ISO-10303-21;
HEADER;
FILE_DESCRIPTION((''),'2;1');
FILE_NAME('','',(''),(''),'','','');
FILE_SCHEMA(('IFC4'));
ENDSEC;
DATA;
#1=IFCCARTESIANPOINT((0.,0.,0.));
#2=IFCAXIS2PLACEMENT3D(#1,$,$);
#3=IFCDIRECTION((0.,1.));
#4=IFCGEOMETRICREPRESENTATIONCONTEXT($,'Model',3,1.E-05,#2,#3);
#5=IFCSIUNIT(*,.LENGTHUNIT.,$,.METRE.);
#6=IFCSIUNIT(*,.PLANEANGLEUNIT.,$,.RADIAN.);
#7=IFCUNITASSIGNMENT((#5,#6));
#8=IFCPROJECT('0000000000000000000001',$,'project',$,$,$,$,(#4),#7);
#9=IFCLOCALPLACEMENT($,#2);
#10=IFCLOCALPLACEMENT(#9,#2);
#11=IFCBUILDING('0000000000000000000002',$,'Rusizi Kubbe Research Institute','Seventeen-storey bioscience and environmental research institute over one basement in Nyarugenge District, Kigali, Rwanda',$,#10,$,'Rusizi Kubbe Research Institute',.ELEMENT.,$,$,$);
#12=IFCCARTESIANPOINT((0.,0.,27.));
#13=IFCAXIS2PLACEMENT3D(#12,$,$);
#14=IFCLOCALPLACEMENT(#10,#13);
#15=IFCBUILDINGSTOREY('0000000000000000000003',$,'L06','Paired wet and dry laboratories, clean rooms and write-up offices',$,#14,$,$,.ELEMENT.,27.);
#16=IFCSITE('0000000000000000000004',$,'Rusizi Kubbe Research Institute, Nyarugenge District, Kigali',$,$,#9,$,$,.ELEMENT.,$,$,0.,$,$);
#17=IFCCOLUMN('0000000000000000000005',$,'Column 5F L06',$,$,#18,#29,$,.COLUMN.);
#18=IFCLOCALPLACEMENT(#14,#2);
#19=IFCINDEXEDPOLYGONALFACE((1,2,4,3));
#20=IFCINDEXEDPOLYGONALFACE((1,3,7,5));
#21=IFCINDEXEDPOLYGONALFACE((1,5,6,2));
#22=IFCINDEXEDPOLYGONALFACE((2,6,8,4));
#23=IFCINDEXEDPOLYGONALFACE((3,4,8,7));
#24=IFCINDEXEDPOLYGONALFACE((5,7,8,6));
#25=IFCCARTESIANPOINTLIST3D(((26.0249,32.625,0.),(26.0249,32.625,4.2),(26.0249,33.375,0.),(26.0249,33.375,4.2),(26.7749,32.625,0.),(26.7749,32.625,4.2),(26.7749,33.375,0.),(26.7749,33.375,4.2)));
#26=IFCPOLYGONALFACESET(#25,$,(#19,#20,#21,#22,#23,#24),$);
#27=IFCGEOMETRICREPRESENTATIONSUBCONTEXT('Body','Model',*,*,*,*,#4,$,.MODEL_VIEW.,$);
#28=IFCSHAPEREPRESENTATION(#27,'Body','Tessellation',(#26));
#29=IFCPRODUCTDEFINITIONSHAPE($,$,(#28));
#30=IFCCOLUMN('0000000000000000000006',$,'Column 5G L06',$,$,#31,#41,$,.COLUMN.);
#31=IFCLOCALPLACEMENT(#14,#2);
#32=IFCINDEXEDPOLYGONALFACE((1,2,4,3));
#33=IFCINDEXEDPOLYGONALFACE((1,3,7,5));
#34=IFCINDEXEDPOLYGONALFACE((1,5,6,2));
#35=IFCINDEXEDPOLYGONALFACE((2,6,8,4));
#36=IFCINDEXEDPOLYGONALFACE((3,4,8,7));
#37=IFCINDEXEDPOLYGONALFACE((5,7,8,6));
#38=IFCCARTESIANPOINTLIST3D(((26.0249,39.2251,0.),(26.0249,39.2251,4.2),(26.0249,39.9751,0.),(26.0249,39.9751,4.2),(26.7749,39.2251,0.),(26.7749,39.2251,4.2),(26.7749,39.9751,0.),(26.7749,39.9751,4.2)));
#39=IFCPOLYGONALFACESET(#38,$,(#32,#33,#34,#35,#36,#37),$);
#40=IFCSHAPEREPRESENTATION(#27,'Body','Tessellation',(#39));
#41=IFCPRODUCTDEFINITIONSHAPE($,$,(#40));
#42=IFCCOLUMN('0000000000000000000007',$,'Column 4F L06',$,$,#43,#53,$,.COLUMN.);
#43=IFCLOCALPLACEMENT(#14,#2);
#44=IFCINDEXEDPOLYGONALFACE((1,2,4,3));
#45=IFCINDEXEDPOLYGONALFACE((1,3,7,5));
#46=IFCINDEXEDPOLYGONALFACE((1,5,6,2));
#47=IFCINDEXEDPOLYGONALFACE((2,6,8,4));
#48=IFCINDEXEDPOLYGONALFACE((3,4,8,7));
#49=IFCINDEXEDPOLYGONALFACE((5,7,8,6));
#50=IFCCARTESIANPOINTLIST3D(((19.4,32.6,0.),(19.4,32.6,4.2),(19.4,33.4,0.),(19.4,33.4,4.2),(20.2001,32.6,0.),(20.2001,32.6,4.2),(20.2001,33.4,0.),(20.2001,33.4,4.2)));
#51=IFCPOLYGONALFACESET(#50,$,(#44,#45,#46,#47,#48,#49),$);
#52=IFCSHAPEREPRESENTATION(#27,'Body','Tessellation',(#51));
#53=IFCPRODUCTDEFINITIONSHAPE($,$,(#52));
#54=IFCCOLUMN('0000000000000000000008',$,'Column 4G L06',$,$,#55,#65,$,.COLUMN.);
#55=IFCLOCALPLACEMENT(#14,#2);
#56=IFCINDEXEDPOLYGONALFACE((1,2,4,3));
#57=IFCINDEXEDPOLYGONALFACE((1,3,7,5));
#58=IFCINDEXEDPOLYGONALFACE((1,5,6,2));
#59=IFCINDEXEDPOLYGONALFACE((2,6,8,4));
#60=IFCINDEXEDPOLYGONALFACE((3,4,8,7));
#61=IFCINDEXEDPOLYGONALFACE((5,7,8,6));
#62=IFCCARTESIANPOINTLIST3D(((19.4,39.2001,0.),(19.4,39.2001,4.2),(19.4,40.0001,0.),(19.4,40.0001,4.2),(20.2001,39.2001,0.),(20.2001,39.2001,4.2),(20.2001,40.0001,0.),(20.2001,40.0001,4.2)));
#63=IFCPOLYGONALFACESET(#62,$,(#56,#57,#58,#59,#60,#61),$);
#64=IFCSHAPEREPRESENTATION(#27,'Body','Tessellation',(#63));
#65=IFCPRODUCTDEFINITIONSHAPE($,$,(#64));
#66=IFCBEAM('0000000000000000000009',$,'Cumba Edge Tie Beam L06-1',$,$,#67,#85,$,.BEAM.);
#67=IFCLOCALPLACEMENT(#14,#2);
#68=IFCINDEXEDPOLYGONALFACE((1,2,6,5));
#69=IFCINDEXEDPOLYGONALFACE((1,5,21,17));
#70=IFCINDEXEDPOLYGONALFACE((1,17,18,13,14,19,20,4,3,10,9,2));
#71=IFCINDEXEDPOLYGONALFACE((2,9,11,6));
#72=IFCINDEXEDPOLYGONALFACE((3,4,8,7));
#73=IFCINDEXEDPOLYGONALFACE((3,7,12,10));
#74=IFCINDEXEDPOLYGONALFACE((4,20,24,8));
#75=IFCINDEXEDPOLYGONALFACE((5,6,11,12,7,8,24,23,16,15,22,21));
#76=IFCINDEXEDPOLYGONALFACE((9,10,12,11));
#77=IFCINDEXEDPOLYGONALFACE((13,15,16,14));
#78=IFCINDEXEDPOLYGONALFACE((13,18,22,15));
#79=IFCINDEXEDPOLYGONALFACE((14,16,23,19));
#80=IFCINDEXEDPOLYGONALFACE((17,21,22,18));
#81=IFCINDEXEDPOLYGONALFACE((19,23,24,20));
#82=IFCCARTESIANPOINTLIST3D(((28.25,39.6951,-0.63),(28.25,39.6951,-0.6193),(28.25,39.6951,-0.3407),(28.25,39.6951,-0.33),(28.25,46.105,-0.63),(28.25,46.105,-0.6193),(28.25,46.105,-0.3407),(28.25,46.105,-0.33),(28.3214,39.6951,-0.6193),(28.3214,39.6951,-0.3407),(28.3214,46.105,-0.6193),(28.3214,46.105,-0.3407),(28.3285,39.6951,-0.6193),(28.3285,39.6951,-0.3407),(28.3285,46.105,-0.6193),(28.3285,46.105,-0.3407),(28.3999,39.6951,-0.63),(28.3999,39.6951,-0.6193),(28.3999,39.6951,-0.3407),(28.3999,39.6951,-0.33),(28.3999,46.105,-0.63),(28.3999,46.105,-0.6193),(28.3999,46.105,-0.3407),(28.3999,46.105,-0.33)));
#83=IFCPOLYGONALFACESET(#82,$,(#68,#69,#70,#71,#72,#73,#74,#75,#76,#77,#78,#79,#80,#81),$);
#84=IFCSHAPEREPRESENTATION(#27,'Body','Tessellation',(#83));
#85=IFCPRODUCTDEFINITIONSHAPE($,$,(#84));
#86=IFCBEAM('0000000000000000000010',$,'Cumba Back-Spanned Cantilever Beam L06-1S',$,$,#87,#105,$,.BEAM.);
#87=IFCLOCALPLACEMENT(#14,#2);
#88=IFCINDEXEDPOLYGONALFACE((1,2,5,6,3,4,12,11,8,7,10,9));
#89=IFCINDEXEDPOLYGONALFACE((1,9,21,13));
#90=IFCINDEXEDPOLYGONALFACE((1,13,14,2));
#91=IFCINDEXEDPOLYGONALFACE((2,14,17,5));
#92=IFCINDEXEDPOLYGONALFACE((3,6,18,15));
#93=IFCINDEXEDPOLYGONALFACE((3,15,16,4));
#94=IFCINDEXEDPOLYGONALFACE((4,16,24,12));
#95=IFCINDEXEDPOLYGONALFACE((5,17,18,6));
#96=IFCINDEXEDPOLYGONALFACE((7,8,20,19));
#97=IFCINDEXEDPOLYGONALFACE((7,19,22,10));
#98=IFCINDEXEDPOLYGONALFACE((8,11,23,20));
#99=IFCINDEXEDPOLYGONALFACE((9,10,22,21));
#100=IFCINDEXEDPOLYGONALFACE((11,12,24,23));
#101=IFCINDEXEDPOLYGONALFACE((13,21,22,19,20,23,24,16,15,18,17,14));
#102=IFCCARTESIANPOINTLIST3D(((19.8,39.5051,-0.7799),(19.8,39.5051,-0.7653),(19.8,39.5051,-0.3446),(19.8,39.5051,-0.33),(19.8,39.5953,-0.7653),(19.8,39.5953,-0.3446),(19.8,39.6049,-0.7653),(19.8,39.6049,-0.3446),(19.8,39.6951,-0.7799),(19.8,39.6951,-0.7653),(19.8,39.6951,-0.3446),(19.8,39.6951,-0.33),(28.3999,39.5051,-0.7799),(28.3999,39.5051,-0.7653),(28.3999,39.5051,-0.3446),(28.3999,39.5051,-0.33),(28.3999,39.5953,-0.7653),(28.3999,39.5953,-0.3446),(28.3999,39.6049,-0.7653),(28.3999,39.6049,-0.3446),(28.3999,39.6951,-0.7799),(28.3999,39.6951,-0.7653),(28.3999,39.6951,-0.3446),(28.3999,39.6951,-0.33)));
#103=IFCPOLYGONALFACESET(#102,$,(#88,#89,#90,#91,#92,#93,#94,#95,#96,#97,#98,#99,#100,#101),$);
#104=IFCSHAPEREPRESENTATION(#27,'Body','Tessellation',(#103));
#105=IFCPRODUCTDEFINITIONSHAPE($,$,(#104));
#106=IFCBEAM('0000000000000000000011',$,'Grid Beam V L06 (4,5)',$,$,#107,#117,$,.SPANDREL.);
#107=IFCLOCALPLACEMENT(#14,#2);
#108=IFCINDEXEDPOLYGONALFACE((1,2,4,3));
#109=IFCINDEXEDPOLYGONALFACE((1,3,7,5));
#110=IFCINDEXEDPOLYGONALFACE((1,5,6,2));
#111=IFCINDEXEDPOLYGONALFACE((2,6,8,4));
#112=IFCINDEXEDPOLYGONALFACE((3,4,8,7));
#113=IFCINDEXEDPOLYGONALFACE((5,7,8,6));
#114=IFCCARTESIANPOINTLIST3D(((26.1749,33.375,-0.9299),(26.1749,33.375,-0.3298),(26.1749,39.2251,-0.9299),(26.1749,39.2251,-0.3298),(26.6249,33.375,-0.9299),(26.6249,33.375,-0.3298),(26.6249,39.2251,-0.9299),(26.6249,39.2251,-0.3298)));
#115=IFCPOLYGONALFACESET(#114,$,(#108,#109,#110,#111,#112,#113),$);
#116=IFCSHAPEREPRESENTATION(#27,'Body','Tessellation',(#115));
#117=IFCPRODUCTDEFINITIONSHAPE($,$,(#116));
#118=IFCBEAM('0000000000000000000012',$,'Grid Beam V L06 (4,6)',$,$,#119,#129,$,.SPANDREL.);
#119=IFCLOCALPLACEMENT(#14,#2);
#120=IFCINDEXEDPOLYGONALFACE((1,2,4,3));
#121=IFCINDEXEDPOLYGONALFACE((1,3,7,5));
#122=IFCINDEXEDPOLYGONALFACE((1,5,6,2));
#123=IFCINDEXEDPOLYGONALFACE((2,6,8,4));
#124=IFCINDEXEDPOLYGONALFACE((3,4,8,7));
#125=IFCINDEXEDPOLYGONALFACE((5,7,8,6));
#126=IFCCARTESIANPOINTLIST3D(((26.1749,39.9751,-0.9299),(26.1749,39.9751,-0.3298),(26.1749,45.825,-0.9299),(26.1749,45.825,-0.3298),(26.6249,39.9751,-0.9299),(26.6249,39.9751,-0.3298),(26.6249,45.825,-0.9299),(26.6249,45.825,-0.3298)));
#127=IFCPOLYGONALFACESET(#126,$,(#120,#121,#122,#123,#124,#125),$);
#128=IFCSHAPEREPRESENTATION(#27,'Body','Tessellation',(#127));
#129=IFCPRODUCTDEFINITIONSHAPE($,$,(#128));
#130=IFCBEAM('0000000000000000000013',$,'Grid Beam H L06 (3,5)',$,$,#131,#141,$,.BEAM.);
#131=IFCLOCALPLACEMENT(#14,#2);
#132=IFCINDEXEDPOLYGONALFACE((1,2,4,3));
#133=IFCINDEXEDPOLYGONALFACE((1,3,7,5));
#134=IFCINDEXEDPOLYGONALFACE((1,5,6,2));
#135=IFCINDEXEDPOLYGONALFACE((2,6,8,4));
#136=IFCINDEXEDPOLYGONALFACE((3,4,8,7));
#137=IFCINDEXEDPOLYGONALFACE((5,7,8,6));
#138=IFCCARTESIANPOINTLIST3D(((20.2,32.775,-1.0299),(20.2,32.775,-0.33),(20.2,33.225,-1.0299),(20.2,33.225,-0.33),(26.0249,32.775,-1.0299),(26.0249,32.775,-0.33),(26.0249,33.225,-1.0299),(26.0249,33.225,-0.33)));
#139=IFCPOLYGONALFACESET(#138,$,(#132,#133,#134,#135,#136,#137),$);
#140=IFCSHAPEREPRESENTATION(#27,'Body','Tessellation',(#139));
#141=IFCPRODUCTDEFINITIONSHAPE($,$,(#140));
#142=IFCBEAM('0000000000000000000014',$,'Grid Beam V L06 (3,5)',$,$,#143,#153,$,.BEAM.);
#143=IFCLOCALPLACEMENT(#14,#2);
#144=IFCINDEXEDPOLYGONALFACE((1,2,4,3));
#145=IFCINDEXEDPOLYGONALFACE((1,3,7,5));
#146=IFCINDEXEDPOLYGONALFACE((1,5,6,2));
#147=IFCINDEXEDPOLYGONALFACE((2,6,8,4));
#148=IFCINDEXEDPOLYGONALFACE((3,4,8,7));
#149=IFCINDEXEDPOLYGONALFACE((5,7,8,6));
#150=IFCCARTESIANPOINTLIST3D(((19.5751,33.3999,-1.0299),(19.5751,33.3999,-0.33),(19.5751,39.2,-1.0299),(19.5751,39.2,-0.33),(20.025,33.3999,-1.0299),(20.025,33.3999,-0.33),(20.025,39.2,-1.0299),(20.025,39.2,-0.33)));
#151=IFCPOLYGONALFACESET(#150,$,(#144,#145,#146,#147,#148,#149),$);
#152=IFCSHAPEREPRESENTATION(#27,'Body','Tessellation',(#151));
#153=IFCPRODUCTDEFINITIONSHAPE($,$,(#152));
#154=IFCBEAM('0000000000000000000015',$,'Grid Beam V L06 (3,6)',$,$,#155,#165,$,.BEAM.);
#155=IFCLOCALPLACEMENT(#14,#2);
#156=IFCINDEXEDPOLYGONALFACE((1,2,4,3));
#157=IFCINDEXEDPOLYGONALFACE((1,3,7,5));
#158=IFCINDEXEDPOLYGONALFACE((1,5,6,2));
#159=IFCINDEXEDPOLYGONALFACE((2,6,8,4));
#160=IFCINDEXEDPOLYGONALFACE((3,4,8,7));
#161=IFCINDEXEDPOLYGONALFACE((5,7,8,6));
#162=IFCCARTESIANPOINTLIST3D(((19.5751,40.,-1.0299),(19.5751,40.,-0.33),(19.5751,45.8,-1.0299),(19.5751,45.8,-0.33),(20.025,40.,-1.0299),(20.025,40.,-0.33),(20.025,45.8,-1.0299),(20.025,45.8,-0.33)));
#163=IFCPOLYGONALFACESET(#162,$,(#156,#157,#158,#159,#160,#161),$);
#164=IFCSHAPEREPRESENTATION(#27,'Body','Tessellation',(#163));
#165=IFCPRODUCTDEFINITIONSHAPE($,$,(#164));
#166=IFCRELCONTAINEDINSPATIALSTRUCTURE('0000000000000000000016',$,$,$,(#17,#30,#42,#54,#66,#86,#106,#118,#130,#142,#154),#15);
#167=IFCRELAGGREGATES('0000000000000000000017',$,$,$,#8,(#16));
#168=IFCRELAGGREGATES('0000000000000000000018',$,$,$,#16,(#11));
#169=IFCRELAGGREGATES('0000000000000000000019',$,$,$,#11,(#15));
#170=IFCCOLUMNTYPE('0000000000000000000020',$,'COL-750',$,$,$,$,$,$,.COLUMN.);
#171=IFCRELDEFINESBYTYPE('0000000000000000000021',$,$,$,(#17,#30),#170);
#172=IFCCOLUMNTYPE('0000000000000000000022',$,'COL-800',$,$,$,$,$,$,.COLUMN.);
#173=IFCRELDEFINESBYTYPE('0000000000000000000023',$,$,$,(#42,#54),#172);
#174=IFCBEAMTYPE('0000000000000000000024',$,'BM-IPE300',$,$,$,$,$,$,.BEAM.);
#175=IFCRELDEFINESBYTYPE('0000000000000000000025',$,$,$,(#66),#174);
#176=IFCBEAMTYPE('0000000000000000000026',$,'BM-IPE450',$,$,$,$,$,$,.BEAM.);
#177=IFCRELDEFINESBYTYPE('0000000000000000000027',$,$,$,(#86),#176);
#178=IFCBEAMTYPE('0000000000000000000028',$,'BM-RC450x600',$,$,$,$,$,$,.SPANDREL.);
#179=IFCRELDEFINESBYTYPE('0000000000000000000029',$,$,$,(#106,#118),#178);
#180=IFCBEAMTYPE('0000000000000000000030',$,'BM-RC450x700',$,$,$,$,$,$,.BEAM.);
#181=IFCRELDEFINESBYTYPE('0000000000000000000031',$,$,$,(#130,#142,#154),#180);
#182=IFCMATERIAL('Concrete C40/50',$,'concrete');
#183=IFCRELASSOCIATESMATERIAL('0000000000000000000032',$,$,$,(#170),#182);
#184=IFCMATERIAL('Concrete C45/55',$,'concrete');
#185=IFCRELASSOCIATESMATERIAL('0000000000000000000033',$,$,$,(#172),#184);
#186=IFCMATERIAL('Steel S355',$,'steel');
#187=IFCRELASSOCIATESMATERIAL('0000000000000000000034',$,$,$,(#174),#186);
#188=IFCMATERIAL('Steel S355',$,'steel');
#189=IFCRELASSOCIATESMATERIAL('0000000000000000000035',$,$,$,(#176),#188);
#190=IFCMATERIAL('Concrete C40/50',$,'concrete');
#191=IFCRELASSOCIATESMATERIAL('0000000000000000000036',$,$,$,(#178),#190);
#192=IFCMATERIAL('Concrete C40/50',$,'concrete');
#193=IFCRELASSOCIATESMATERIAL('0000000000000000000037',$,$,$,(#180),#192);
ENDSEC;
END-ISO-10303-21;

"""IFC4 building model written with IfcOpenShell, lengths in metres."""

from ifc_helpers import new_model, si_unit, direction, frame, origin, origin_2d, place, context, subcontext, project, spatial, rectangle, i_section, extrude, material, material_profile, profile_set, type_object, element, save


model = new_model("IFC4")

# Units and contexts
model_context = context("Model", 3, precision=1e-05, world=origin(), true_north=direction((0.0, 1.0)))
body_context = subcontext(model_context, "Body", "Model", "MODEL_VIEW")
ifc_project = project(units=[si_unit("LENGTHUNIT", "METRE"), si_unit("PLANEANGLEUNIT", "RADIAN")], contexts=[model_context])

# Site, building, storey
site_placement = place(None, origin())
site = spatial("IfcSite", under=ifc_project, at=site_placement, Name="Rusizi Kubbe Research Institute, Nyarugenge District, Kigali", CompositionType="ELEMENT", RefElevation=0.0)
building_placement = place(site_placement, origin())
building = spatial("IfcBuilding", under=site, at=building_placement, Name="Rusizi Kubbe Research Institute", Description="Seventeen-storey bioscience and environmental research institute over one basement in Nyarugenge District, Kigali, Rwanda", LongName="Rusizi Kubbe Research Institute", CompositionType="ELEMENT")
storey_placement = place(building_placement, frame((0.0, 0.0, 27.0)))
storey = spatial("IfcBuildingStorey", under=building, at=storey_placement, Name="L06", Description="Paired wet and dry laboratories, clean rooms and write-up offices", CompositionType="ELEMENT", Elevation=27.0)

# Columns
ifc_material_1 = material(Name="Concrete C40/50", Category="concrete")
ifc_material_profile_1 = material_profile(ifc_material_1, rectangle(XDim=0.75, YDim=0.75, at=origin_2d()), Name="RC750x750")
ifc_profile_set_1 = profile_set([ifc_material_profile_1], Name="Concrete C40/50")
column_type_1 = type_object("IfcColumnType", Name="COL-750", PredefinedType="COLUMN", material=ifc_profile_set_1)
for number, where, z_axis, x_axis, name in (
    (1, (26.3999, 33.0, 0.0), (0.0, 0.0, 1.0), (1.0, 0.0, 0.0), "Column 5F L06"),
    (2, (26.3999, 39.6001, 0.0), (0.0, 0.0, 1.0), (1.0, 0.0, 0.0), "Column 5G L06"),
):
    element("IfcColumn", number, at=place(storey_placement, frame(where, z_axis=z_axis, x_axis=x_axis)), inside=storey, type_object=column_type_1, Name=name, PredefinedType="COLUMN", context=body_context, shape_type="SweptSolid", body=[
        extrude(rectangle(XDim=0.75, YDim=0.75, at=origin_2d()), origin(), (0.0, 0.0, 1.0), 4.2),
    ])
ifc_material_2 = material(Name="Concrete C45/55", Category="concrete")
ifc_material_profile_2 = material_profile(ifc_material_2, rectangle(XDim=0.8, YDim=0.8, at=origin_2d()), Name="RC800x800")
ifc_profile_set_2 = profile_set([ifc_material_profile_2], Name="Concrete C45/55")
column_type_2 = type_object("IfcColumnType", Name="COL-800", PredefinedType="COLUMN", material=ifc_profile_set_2)
for number, where, z_axis, x_axis, name in (
    (3, (19.8, 33.0, 0.0), (0.0, 0.0, 1.0), (1.0, 0.0, 0.0), "Column 4F L06"),
    (4, (19.8, 39.6001, 0.0), (0.0, 0.0, 1.0), (1.0, 0.0, 0.0), "Column 4G L06"),
):
    element("IfcColumn", number, at=place(storey_placement, frame(where, z_axis=z_axis, x_axis=x_axis)), inside=storey, type_object=column_type_2, Name=name, PredefinedType="COLUMN", context=body_context, shape_type="SweptSolid", body=[
        extrude(rectangle(XDim=0.8, YDim=0.8, at=origin_2d()), origin(), (0.0, 0.0, 1.0), 4.2),
    ])

# Beams
ifc_material_3 = material(Name="Steel S355", Category="steel")
ifc_material_profile_3 = material_profile(ifc_material_3, i_section(OverallWidth=0.1499, OverallDepth=0.3, WebThickness=0.0071, FlangeThickness=0.0107, at=origin_2d()), Name="IPE 300")
ifc_profile_set_3 = profile_set([ifc_material_profile_3], Name="Steel S355")
beam_type_1 = type_object("IfcBeamType", Name="BM-IPE300", PredefinedType="BEAM", material=ifc_profile_set_3)
beam_1_placement = place(storey_placement, frame((28.325, 39.6951, -0.48), z_axis=(0.0, 1.0, 0.0), x_axis=(-1.0, 0.0, 0.0)))
element("IfcBeam", 5, at=beam_1_placement, inside=storey, type_object=beam_type_1, Name="Cumba Edge Tie Beam L06-1", PredefinedType="BEAM", context=body_context, shape_type="SweptSolid", body=[
    extrude(i_section(OverallWidth=0.1499, OverallDepth=0.3, WebThickness=0.0071, FlangeThickness=0.0107, at=origin_2d()), origin(), (0.0, 0.0, 1.0), 6.4099),
])
ifc_material_4 = material(Name="Steel S355", Category="steel")
ifc_material_profile_4 = material_profile(ifc_material_4, i_section(OverallWidth=0.1899, OverallDepth=0.45, WebThickness=0.0095, FlangeThickness=0.0146, at=origin_2d()), Name="IPE 450")
ifc_profile_set_4 = profile_set([ifc_material_profile_4], Name="Steel S355")
beam_type_2 = type_object("IfcBeamType", Name="BM-IPE450", PredefinedType="BEAM", material=ifc_profile_set_4)
beam_2_placement = place(storey_placement, frame((19.8, 39.6001, -0.5549), z_axis=(1.0, 0.0, 0.0), x_axis=(0.0, 1.0, 0.0)))
element("IfcBeam", 6, at=beam_2_placement, inside=storey, type_object=beam_type_2, Name="Cumba Back-Spanned Cantilever Beam L06-1S", PredefinedType="BEAM", context=body_context, shape_type="SweptSolid", body=[
    extrude(i_section(OverallWidth=0.1899, OverallDepth=0.45, WebThickness=0.0095, FlangeThickness=0.0146, at=origin_2d()), origin(), (0.0, 0.0, 1.0), 8.5999),
])
ifc_material_5 = material(Name="Concrete C40/50", Category="concrete")
ifc_material_profile_5 = material_profile(ifc_material_5, rectangle(XDim=0.45, YDim=0.6001, at=origin_2d()), Name="RC450x600")
ifc_profile_set_5 = profile_set([ifc_material_profile_5], Name="Concrete C40/50")
beam_type_3 = type_object("IfcBeamType", Name="BM-RC450x600", PredefinedType="SPANDREL", material=ifc_profile_set_5)
beam_3_placement = place(storey_placement, frame((26.3999, 33.375, -0.6299), z_axis=(0.0, 1.0, 0.0), x_axis=(-1.0, 0.0, 0.0)))
element("IfcBeam", 7, at=beam_3_placement, inside=storey, type_object=beam_type_3, Name="Grid Beam V L06 (4,5)", PredefinedType="SPANDREL", context=body_context, shape_type="SweptSolid", body=[
    extrude(rectangle(XDim=0.45, YDim=0.6001, at=origin_2d()), origin(), (0.0, 0.0, 1.0), 5.8501),
])
beam_4_placement = place(storey_placement, frame((26.3999, 39.9751, -0.6299), z_axis=(0.0, 1.0, 0.0), x_axis=(-1.0, 0.0, 0.0)))
element("IfcBeam", 8, at=beam_4_placement, inside=storey, type_object=beam_type_3, Name="Grid Beam V L06 (4,6)", PredefinedType="SPANDREL", context=body_context, shape_type="SweptSolid", body=[
    extrude(rectangle(XDim=0.45, YDim=0.6001, at=origin_2d()), origin(), (0.0, 0.0, 1.0), 5.8499),
])
ifc_material_6 = material(Name="Concrete C40/50", Category="concrete")
ifc_material_profile_6 = material_profile(ifc_material_6, rectangle(XDim=0.45, YDim=0.7, at=origin_2d()), Name="RC450x700B")
ifc_profile_set_6 = profile_set([ifc_material_profile_6], Name="Concrete C40/50")
beam_type_4 = type_object("IfcBeamType", Name="BM-RC450x700", PredefinedType="BEAM", material=ifc_profile_set_6)
beam_5_placement = place(storey_placement, frame((20.2, 33.0, -0.6799), z_axis=(1.0, 0.0, 0.0), x_axis=(0.0, 1.0, 0.0)))
element("IfcBeam", 9, at=beam_5_placement, inside=storey, type_object=beam_type_4, Name="Grid Beam H L06 (3,5)", PredefinedType="BEAM", context=body_context, shape_type="SweptSolid", body=[
    extrude(rectangle(XDim=0.45, YDim=0.7, at=origin_2d()), origin(), (0.0, 0.0, 1.0), 5.825),
])
for number, where, z_axis, x_axis, name in (
    (10, (19.8, 33.3999, -0.6799), (0.0, 1.0, 0.0), (-1.0, 0.0, 0.0), "Grid Beam V L06 (3,5)"),
    (11, (19.8, 40.0, -0.6799), (0.0, 1.0, 0.0), (-1.0, 0.0, 0.0), "Grid Beam V L06 (3,6)"),
):
    element("IfcBeam", number, at=place(storey_placement, frame(where, z_axis=z_axis, x_axis=x_axis)), inside=storey, type_object=beam_type_4, Name=name, PredefinedType="BEAM", context=body_context, shape_type="SweptSolid", body=[
        extrude(rectangle(XDim=0.45, YDim=0.7, at=origin_2d()), origin(), (0.0, 0.0, 1.0), 5.8),
    ])

save(model, "model.ifc")
